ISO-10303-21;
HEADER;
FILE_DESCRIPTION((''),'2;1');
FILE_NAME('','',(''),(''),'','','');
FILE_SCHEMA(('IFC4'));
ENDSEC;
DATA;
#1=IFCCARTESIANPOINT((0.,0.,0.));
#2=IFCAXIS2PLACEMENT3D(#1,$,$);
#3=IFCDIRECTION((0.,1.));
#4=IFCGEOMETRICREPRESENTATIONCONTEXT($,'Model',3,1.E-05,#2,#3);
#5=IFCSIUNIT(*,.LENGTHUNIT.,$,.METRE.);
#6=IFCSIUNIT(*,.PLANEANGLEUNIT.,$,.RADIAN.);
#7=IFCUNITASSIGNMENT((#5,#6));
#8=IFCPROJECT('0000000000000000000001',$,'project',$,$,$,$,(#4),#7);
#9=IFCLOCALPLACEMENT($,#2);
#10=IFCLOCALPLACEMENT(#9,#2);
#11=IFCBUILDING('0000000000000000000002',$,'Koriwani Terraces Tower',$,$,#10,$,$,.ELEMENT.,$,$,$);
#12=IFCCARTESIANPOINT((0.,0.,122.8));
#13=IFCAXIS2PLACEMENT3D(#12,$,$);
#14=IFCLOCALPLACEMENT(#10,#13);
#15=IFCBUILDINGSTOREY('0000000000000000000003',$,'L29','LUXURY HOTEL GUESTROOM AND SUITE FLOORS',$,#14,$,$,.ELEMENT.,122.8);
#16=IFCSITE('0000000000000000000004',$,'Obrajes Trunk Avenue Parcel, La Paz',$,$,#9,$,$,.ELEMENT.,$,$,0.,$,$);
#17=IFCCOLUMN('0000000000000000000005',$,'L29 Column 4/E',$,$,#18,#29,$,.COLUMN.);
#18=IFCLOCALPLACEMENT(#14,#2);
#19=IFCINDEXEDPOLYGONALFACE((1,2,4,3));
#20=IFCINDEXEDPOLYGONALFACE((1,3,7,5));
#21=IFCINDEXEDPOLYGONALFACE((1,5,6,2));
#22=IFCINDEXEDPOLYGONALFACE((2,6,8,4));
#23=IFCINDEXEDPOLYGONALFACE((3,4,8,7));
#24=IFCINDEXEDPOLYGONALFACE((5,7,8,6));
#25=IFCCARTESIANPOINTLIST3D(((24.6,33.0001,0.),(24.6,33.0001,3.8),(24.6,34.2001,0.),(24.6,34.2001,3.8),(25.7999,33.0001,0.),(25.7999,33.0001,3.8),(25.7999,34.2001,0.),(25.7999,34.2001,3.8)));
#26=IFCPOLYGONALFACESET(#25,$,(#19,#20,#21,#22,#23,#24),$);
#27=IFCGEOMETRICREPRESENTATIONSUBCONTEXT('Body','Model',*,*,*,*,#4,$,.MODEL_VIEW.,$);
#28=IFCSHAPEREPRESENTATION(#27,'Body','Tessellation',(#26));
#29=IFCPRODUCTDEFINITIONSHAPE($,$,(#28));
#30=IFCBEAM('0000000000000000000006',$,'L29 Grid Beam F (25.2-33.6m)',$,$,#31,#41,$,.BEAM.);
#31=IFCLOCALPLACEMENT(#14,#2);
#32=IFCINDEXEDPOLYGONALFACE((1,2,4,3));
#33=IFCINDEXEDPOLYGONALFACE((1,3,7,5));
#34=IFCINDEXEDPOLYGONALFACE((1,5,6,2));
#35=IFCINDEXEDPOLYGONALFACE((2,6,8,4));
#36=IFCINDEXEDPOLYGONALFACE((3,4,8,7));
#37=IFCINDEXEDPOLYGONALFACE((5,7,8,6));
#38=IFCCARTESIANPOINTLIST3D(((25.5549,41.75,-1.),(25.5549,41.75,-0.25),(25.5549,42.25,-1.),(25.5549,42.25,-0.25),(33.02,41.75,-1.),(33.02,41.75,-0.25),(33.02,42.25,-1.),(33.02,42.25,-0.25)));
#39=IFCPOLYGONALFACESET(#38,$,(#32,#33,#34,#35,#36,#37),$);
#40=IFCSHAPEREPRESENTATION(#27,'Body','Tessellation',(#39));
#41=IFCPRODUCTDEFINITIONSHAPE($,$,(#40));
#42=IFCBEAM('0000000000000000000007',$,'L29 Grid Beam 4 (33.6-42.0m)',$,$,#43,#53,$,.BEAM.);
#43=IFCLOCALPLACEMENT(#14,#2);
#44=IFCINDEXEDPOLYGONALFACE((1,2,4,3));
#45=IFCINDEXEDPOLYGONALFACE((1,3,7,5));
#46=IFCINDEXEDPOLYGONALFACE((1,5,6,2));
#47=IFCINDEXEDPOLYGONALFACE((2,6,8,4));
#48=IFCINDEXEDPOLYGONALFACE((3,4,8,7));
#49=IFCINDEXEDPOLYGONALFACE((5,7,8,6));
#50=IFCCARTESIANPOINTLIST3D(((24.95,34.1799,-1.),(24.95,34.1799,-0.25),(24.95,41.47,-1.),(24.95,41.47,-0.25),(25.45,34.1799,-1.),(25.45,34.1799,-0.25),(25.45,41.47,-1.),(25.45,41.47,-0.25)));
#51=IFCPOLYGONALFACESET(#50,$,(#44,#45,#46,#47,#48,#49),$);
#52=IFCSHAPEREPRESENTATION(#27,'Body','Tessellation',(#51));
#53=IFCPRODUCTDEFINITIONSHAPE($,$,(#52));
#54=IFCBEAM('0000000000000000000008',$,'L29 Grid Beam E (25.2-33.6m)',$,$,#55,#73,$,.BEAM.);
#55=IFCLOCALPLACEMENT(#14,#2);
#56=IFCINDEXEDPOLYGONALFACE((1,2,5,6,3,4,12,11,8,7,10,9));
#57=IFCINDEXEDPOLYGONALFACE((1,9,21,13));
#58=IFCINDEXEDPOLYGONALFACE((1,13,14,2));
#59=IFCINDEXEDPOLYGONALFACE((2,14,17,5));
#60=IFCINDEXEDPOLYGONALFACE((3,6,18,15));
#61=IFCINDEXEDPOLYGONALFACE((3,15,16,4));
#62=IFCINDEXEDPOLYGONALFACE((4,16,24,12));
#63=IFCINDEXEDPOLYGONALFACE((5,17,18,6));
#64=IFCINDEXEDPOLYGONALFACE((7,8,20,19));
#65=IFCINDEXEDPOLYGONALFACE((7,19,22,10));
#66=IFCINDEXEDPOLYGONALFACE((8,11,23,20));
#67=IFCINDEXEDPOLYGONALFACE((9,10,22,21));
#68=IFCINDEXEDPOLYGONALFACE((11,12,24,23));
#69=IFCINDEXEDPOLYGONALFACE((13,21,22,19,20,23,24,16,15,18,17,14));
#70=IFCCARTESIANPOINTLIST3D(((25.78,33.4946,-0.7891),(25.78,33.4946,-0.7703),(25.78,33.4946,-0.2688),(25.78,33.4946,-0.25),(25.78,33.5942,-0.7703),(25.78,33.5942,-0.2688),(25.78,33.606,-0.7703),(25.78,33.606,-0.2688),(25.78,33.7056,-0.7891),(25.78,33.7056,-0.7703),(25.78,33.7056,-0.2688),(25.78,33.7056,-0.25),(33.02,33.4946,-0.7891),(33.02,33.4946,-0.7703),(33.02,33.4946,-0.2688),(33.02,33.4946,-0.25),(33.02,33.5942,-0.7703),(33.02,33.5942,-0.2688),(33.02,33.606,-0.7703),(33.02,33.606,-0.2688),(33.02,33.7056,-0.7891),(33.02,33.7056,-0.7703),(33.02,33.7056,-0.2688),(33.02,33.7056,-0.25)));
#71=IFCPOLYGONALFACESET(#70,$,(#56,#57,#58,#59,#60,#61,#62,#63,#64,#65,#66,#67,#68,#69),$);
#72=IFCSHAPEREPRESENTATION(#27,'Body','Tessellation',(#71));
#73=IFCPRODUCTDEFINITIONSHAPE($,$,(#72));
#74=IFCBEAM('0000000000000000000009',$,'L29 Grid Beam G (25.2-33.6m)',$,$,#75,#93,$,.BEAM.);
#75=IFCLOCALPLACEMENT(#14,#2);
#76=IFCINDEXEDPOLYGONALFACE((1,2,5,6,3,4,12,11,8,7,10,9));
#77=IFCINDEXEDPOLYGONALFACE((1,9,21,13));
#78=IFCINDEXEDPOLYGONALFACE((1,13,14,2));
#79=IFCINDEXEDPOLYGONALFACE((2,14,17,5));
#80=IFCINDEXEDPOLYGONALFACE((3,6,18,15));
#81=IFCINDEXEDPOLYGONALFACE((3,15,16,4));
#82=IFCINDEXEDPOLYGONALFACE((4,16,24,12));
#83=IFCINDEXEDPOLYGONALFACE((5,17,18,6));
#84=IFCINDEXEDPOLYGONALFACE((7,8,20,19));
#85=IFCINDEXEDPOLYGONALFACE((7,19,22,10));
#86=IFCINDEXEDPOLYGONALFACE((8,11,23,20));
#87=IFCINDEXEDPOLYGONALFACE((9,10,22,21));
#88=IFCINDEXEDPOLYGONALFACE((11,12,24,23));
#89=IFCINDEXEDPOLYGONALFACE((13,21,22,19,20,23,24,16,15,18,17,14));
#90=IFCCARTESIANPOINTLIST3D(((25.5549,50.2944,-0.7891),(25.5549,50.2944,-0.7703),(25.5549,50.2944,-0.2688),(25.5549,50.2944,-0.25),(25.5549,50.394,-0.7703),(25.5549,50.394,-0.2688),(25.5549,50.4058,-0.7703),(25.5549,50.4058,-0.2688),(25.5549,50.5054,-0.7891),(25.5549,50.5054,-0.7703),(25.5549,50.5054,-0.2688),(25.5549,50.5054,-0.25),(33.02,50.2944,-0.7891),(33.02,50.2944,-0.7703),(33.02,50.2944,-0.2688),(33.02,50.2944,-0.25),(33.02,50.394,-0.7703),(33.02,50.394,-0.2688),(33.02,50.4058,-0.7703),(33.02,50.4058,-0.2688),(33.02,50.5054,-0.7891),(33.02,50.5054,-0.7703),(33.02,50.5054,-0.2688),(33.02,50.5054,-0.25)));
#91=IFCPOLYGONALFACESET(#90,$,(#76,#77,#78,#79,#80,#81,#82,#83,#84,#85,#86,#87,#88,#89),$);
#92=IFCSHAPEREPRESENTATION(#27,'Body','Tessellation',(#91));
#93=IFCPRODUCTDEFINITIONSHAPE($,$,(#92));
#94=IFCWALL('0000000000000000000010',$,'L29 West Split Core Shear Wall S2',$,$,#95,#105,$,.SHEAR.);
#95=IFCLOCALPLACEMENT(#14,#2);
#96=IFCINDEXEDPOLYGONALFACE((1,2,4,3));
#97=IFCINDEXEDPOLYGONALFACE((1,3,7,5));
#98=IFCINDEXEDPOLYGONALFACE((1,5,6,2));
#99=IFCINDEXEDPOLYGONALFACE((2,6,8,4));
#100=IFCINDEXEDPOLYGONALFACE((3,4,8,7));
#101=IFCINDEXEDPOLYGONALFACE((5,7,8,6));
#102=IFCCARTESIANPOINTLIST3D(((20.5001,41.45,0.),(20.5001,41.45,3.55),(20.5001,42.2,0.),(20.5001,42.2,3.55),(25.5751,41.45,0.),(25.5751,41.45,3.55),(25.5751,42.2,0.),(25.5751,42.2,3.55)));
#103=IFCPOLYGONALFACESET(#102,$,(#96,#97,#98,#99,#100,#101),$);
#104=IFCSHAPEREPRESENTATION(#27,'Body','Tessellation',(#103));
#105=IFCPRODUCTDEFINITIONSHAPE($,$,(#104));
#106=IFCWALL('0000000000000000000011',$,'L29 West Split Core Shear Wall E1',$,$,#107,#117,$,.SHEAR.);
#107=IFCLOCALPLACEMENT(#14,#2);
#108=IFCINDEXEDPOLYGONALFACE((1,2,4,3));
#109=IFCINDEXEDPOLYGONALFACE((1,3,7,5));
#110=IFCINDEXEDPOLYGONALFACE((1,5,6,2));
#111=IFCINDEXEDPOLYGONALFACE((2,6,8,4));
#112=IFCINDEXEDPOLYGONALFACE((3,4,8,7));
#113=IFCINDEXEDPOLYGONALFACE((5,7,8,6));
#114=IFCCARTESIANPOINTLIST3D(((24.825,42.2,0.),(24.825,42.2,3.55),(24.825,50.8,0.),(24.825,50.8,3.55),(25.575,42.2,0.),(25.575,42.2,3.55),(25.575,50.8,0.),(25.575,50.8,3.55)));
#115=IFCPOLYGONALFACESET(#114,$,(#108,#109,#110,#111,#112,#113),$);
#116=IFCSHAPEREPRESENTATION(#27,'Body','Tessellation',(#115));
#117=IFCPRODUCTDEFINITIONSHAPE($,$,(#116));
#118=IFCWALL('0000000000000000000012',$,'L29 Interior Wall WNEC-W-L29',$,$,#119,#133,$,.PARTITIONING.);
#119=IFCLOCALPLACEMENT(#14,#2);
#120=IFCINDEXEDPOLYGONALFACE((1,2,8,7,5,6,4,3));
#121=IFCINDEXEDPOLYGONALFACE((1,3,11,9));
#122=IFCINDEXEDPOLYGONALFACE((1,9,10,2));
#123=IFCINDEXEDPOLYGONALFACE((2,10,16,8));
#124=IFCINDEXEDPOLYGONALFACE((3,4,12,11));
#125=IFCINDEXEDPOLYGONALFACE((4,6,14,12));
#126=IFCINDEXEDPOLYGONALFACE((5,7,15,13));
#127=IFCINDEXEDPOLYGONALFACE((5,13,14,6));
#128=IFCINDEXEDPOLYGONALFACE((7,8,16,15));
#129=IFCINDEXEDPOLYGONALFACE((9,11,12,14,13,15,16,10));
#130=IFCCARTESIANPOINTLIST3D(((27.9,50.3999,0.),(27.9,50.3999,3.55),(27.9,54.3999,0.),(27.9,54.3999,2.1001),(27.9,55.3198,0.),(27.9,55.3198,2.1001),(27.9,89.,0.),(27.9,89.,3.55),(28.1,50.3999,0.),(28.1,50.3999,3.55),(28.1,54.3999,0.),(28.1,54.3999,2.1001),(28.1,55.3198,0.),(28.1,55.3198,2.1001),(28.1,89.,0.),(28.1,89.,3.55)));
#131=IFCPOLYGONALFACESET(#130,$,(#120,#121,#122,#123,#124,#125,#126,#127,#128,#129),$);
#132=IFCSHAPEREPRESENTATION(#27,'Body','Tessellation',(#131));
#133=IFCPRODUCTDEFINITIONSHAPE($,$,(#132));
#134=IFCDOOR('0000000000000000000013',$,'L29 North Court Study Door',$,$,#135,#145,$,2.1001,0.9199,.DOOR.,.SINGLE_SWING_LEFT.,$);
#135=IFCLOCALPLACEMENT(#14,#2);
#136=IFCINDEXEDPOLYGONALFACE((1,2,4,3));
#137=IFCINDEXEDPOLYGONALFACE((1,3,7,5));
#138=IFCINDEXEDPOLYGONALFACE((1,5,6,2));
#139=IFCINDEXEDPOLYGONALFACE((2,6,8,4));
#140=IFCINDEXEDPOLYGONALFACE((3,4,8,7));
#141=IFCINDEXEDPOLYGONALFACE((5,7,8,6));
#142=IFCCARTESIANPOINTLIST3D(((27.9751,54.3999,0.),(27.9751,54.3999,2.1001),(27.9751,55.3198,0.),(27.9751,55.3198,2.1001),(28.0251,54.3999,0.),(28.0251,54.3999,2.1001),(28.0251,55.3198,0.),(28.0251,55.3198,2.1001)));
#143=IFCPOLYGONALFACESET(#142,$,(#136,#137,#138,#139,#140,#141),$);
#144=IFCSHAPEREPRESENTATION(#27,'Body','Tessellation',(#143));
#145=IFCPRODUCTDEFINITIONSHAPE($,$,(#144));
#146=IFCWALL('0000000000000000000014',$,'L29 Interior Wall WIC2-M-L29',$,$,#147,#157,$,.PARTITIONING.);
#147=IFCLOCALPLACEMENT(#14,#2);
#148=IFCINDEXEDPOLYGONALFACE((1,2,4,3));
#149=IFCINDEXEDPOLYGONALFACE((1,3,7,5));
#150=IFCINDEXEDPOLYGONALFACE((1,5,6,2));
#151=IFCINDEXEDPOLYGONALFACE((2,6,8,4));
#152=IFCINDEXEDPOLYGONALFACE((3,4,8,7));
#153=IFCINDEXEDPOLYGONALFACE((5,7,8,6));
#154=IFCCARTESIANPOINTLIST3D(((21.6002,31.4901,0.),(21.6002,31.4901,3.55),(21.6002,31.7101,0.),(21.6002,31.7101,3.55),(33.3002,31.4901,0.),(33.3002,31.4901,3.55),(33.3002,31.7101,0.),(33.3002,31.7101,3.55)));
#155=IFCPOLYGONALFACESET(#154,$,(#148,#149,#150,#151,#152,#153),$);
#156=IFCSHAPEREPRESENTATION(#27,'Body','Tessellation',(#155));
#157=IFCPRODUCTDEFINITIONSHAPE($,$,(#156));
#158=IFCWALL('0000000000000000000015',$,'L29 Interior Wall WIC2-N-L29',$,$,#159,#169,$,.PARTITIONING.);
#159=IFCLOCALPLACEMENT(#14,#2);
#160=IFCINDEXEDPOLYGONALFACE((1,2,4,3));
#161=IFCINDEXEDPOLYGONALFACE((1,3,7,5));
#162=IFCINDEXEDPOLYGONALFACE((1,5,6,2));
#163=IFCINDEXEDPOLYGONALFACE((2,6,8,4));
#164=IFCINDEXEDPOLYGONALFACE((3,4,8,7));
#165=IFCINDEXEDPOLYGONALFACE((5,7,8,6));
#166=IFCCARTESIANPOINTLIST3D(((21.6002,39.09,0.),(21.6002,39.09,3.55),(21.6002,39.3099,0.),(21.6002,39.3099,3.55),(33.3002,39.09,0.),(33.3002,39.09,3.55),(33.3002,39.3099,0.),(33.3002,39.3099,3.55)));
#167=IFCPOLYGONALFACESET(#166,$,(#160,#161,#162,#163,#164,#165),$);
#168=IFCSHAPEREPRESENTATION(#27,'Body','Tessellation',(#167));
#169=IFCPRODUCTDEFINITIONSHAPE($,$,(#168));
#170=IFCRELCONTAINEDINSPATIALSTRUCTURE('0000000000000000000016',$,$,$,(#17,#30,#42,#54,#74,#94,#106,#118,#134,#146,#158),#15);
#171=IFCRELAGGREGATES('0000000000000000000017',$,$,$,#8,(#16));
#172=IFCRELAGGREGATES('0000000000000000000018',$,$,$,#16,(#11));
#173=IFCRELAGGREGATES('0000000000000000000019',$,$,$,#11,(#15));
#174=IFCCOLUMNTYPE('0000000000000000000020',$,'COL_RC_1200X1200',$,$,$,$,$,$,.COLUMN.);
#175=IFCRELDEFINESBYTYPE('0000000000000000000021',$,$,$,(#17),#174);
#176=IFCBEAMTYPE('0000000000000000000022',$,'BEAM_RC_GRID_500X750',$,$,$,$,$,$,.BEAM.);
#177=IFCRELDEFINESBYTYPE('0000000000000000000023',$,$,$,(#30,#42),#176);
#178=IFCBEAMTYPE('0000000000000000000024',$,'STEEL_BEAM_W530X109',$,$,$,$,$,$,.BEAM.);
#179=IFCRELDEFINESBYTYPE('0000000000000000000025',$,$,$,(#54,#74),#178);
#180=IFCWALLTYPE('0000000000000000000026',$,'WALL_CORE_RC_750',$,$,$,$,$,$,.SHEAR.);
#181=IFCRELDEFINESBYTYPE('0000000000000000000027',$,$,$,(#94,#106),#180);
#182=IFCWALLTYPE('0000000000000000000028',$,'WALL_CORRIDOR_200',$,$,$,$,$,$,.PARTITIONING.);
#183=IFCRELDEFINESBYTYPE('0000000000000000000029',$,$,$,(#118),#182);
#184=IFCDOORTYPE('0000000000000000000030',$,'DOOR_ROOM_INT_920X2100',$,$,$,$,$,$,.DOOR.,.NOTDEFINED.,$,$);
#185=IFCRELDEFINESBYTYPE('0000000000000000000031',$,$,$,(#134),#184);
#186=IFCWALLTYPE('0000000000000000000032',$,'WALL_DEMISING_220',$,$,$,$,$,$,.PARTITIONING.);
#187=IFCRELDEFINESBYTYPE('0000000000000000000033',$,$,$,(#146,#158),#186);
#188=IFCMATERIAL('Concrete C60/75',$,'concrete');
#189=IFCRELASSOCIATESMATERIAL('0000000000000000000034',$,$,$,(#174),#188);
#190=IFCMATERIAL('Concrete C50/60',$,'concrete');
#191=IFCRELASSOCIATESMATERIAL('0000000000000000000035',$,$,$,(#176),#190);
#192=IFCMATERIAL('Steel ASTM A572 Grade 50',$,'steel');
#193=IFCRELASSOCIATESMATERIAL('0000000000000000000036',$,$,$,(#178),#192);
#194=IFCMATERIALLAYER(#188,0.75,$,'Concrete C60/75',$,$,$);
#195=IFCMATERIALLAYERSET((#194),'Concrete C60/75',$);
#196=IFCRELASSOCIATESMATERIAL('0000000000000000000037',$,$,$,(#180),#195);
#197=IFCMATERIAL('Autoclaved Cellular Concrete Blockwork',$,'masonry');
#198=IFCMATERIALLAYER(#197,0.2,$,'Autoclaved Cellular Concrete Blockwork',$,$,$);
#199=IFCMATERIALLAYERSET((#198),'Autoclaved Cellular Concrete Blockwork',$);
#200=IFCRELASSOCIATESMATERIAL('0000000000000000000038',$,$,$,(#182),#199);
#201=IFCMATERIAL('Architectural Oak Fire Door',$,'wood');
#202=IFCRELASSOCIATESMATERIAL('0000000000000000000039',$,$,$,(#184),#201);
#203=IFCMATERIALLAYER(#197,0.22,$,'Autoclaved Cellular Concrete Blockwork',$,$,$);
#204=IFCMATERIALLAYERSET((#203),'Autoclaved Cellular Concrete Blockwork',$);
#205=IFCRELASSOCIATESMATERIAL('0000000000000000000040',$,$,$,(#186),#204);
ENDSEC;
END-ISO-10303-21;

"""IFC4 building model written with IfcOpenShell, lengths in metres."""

from ifc_helpers import new_model, si_unit, direction, frame, frame_2d, origin, origin_2d, place, context, subcontext, project, spatial, rectangle, i_section, extrude, material, layer, layer_set, material_profile, profile_set, type_object, element, fill, save


model = new_model("IFC4")

# Units and contexts
model_context = context("Model", 3, precision=1e-05, world=origin(), true_north=direction((0.0, 1.0)))
body_context = subcontext(model_context, "Body", "Model", "MODEL_VIEW")
ifc_project = project(units=[si_unit("LENGTHUNIT", "METRE"), si_unit("PLANEANGLEUNIT", "RADIAN")], contexts=[model_context])

# Site, building, storey
site_placement = place(None, origin())
site = spatial("IfcSite", under=ifc_project, at=site_placement, Name="Obrajes Trunk Avenue Parcel, La Paz", CompositionType="ELEMENT", RefElevation=0.0)
building_placement = place(site_placement, origin())
building = spatial("IfcBuilding", under=site, at=building_placement, Name="Koriwani Terraces Tower", CompositionType="ELEMENT")
storey_placement = place(building_placement, frame((0.0, 0.0, 122.8)))
storey = spatial("IfcBuildingStorey", under=building, at=storey_placement, Name="L29", Description="LUXURY HOTEL GUESTROOM AND SUITE FLOORS", CompositionType="ELEMENT", Elevation=122.8)

# Column
ifc_material_1 = material(Name="Concrete C60/75", Category="concrete")
ifc_material_profile_1 = material_profile(ifc_material_1, rectangle(XDim=1.2, YDim=1.2, at=origin_2d()), Name="Concrete C60/75", Category="LoadBearing")
ifc_profile_set_1 = profile_set([ifc_material_profile_1], Name="Concrete C60/75")
column_type = type_object("IfcColumnType", Name="COL_RC_1200X1200", PredefinedType="COLUMN", material=ifc_profile_set_1)
column_placement = place(storey_placement, frame((25.2, 33.6001, 0.0), z_axis=(0.0, 0.0, 1.0), x_axis=(1.0, 0.0, 0.0)))
element("IfcColumn", 1, at=column_placement, inside=storey, type_object=column_type, Name="L29 Column 4/E", PredefinedType="COLUMN", context=body_context, shape_type="SweptSolid", body=[
    extrude(rectangle(XDim=1.2, YDim=1.2, at=origin_2d()), origin(), (0.0, 0.0, 1.0), 3.8),
])

# Beams
ifc_material_2 = material(Name="Concrete C50/60", Category="concrete")
ifc_material_profile_2 = material_profile(ifc_material_2, rectangle(XDim=0.5, YDim=0.75, at=origin_2d()), Name="Concrete C50/60", Category="LoadBearing")
ifc_profile_set_2 = profile_set([ifc_material_profile_2], Name="Concrete C50/60")
beam_type_1 = type_object("IfcBeamType", Name="BEAM_RC_GRID_500X750", PredefinedType="BEAM", material=ifc_profile_set_2)
beam_1_placement = place(storey_placement, frame((25.5549, 42.0, -0.625), z_axis=(1.0, 0.0, 0.0), x_axis=(0.0, 1.0, 0.0)))
element("IfcBeam", 2, at=beam_1_placement, inside=storey, type_object=beam_type_1, Name="L29 Grid Beam F (25.2-33.6m)", PredefinedType="BEAM", context=body_context, shape_type="SweptSolid", body=[
    extrude(rectangle(XDim=0.5, YDim=0.75, at=origin_2d()), origin(), (0.0, 0.0, 1.0), 7.4651),
])
beam_2_placement = place(storey_placement, frame((25.2, 34.1799, -0.625), z_axis=(0.0, 1.0, 0.0), x_axis=(-1.0, 0.0, 0.0)))
element("IfcBeam", 3, at=beam_2_placement, inside=storey, type_object=beam_type_1, Name="L29 Grid Beam 4 (33.6-42.0m)", PredefinedType="BEAM", context=body_context, shape_type="SweptSolid", body=[
    extrude(rectangle(XDim=0.5, YDim=0.75, at=origin_2d()), origin(), (0.0, 0.0, 1.0), 7.29),
])
ifc_material_3 = material(Name="Steel ASTM A572 Grade 50", Category="steel")
ifc_material_profile_3 = material_profile(ifc_material_3, i_section(OverallWidth=0.2109, OverallDepth=0.5391, WebThickness=0.0117, FlangeThickness=0.0188, at=origin_2d()), Name="Steel ASTM A572 Grade 50", Category="LoadBearing")
ifc_profile_set_3 = profile_set([ifc_material_profile_3], Name="Steel ASTM A572 Grade 50")
beam_type_2 = type_object("IfcBeamType", Name="STEEL_BEAM_W530X109", PredefinedType="BEAM", material=ifc_profile_set_3)
beam_3_placement = place(storey_placement, frame((25.78, 33.6001, -0.5195), z_axis=(1.0, 0.0, 0.0), x_axis=(0.0, 1.0, 0.0)))
element("IfcBeam", 4, at=beam_3_placement, inside=storey, type_object=beam_type_2, Name="L29 Grid Beam E (25.2-33.6m)", PredefinedType="BEAM", context=body_context, shape_type="SweptSolid", body=[
    extrude(i_section(OverallWidth=0.2109, OverallDepth=0.5391, WebThickness=0.0117, FlangeThickness=0.0188, at=origin_2d()), origin(), (0.0, 0.0, 1.0), 7.24),
])
beam_4_placement = place(storey_placement, frame((25.5549, 50.3999, -0.5195), z_axis=(1.0, 0.0, 0.0), x_axis=(0.0, 1.0, 0.0)))
element("IfcBeam", 5, at=beam_4_placement, inside=storey, type_object=beam_type_2, Name="L29 Grid Beam G (25.2-33.6m)", PredefinedType="BEAM", context=body_context, shape_type="SweptSolid", body=[
    extrude(i_section(OverallWidth=0.2109, OverallDepth=0.5391, WebThickness=0.0117, FlangeThickness=0.0188, at=origin_2d()), origin(), (0.0, 0.0, 1.0), 7.4651),
])

# Walls
ifc_layer_1 = layer(ifc_material_1, 0.75, Name="Concrete C60/75")
ifc_layer_set_1 = layer_set([ifc_layer_1], Name="Concrete C60/75")
wall_type_1 = type_object("IfcWallType", Name="WALL_CORE_RC_750", PredefinedType="SHEAR", material=ifc_layer_set_1)
wall_1_placement = place(storey_placement, frame((20.5, 41.825, 0.0), z_axis=(0.0, 0.0, 1.0), x_axis=(1.0, 0.0, 0.0)))
element("IfcWall", 6, at=wall_1_placement, inside=storey, type_object=wall_type_1, Name="L29 West Split Core Shear Wall S2", PredefinedType="SHEAR", context=body_context, shape_type="SweptSolid", body=[
    extrude(rectangle(XDim=5.075, YDim=0.75, at=frame_2d((2.5376, 0.0))), origin(), (0.0, 0.0, 1.0), 3.55),
])
wall_2_placement = place(storey_placement, frame((25.2, 42.2, 0.0), z_axis=(0.0, 0.0, 1.0), x_axis=(0.0, 1.0, 0.0)))
element("IfcWall", 7, at=wall_2_placement, inside=storey, type_object=wall_type_1, Name="L29 West Split Core Shear Wall E1", PredefinedType="SHEAR", context=body_context, shape_type="SweptSolid", body=[
    extrude(rectangle(XDim=8.6001, YDim=0.75, at=frame_2d((4.3, 0.0))), origin(), (0.0, 0.0, 1.0), 3.55),
])

# Wall, opening, door
ifc_material_4 = material(Name="Autoclaved Cellular Concrete Blockwork", Category="masonry")
ifc_layer_2 = layer(ifc_material_4, 0.2, Name="Autoclaved Cellular Concrete Blockwork")
ifc_layer_set_2 = layer_set([ifc_layer_2], Name="Autoclaved Cellular Concrete Blockwork")
wall_type_2 = type_object("IfcWallType", Name="WALL_CORRIDOR_200", PredefinedType="PARTITIONING", material=ifc_layer_set_2)
wall_3_placement = place(storey_placement, frame((28.0, 50.3999, 0.0), z_axis=(0.0, 0.0, 1.0), x_axis=(0.0, 1.0, 0.0)))
wall_3 = element("IfcWall", 8, at=wall_3_placement, inside=storey, type_object=wall_type_2, Name="L29 Interior Wall WNEC-W-L29", PredefinedType="PARTITIONING", context=body_context, shape_type="SweptSolid", body=[
    extrude(rectangle(XDim=38.6001, YDim=0.2, at=frame_2d((19.3, 0.0))), origin(), (0.0, 0.0, 1.0), 3.55),
])
opening_1_placement = place(wall_3_placement, frame((4.0, 0.0, 0.0)))
opening_1 = element("IfcOpeningElement", 9, at=opening_1_placement, cuts=wall_3, PredefinedType="OPENING", context=body_context, shape_type="SweptSolid", body=[
    extrude(rectangle(XDim=0.9199, YDim=2.1001, at=frame_2d((0.46, 1.05))), frame((0.0, 0.1099, 0.0), z_axis=(0.0, -1.0, 0.0), x_axis=(1.0, 0.0, 0.0)), (0.0, 0.0, 1.0), 0.22),
])
ifc_material_5 = material(Name="Architectural Oak Fire Door", Category="wood")
door_type_1 = type_object("IfcDoorType", Name="DOOR_ROOM_INT_920X2100", OperationType="NOTDEFINED", PredefinedType="DOOR", material=ifc_material_5)
door_1_placement = place(opening_1_placement, origin())
door_1 = element("IfcDoor", 10, at=door_1_placement, inside=storey, type_object=door_type_1, Name="L29 North Court Study Door", OperationType="SINGLE_SWING_LEFT", OverallHeight=2.1001, OverallWidth=0.9199, PredefinedType="DOOR", context=body_context, shape_type="SweptSolid", body=[
    extrude(rectangle(XDim=0.9199, YDim=2.1001, at=frame_2d((0.46, 1.05))), frame((0.0, 0.0249, 0.0), z_axis=(0.0, -1.0, 0.0), x_axis=(1.0, 0.0, 0.0)), (0.0, 0.0, 1.0), 0.05),
])
fill(opening_1, door_1)

# Walls
ifc_layer_3 = layer(ifc_material_4, 0.22, Name="Autoclaved Cellular Concrete Blockwork")
ifc_layer_set_3 = layer_set([ifc_layer_3], Name="Autoclaved Cellular Concrete Blockwork")
wall_type_3 = type_object("IfcWallType", Name="WALL_DEMISING_220", PredefinedType="PARTITIONING", material=ifc_layer_set_3)
for number, where, z_axis, x_axis, name in (
    (11, (21.6001, 31.6001, 0.0), (0.0, 0.0, 1.0), (1.0, 0.0, 0.0), "L29 Interior Wall WIC2-M-L29"),
    (12, (21.6001, 39.2, 0.0), (0.0, 0.0, 1.0), (1.0, 0.0, 0.0), "L29 Interior Wall WIC2-N-L29"),
):
    element("IfcWall", number, at=place(storey_placement, frame(where, z_axis=z_axis, x_axis=x_axis)), inside=storey, type_object=wall_type_3, Name=name, PredefinedType="PARTITIONING", context=body_context, shape_type="SweptSolid", body=[
        extrude(rectangle(XDim=11.7, YDim=0.22, at=frame_2d((5.8501, 0.0))), origin(), (0.0, 0.0, 1.0), 3.55),
    ])

save(model, "model.ifc")
